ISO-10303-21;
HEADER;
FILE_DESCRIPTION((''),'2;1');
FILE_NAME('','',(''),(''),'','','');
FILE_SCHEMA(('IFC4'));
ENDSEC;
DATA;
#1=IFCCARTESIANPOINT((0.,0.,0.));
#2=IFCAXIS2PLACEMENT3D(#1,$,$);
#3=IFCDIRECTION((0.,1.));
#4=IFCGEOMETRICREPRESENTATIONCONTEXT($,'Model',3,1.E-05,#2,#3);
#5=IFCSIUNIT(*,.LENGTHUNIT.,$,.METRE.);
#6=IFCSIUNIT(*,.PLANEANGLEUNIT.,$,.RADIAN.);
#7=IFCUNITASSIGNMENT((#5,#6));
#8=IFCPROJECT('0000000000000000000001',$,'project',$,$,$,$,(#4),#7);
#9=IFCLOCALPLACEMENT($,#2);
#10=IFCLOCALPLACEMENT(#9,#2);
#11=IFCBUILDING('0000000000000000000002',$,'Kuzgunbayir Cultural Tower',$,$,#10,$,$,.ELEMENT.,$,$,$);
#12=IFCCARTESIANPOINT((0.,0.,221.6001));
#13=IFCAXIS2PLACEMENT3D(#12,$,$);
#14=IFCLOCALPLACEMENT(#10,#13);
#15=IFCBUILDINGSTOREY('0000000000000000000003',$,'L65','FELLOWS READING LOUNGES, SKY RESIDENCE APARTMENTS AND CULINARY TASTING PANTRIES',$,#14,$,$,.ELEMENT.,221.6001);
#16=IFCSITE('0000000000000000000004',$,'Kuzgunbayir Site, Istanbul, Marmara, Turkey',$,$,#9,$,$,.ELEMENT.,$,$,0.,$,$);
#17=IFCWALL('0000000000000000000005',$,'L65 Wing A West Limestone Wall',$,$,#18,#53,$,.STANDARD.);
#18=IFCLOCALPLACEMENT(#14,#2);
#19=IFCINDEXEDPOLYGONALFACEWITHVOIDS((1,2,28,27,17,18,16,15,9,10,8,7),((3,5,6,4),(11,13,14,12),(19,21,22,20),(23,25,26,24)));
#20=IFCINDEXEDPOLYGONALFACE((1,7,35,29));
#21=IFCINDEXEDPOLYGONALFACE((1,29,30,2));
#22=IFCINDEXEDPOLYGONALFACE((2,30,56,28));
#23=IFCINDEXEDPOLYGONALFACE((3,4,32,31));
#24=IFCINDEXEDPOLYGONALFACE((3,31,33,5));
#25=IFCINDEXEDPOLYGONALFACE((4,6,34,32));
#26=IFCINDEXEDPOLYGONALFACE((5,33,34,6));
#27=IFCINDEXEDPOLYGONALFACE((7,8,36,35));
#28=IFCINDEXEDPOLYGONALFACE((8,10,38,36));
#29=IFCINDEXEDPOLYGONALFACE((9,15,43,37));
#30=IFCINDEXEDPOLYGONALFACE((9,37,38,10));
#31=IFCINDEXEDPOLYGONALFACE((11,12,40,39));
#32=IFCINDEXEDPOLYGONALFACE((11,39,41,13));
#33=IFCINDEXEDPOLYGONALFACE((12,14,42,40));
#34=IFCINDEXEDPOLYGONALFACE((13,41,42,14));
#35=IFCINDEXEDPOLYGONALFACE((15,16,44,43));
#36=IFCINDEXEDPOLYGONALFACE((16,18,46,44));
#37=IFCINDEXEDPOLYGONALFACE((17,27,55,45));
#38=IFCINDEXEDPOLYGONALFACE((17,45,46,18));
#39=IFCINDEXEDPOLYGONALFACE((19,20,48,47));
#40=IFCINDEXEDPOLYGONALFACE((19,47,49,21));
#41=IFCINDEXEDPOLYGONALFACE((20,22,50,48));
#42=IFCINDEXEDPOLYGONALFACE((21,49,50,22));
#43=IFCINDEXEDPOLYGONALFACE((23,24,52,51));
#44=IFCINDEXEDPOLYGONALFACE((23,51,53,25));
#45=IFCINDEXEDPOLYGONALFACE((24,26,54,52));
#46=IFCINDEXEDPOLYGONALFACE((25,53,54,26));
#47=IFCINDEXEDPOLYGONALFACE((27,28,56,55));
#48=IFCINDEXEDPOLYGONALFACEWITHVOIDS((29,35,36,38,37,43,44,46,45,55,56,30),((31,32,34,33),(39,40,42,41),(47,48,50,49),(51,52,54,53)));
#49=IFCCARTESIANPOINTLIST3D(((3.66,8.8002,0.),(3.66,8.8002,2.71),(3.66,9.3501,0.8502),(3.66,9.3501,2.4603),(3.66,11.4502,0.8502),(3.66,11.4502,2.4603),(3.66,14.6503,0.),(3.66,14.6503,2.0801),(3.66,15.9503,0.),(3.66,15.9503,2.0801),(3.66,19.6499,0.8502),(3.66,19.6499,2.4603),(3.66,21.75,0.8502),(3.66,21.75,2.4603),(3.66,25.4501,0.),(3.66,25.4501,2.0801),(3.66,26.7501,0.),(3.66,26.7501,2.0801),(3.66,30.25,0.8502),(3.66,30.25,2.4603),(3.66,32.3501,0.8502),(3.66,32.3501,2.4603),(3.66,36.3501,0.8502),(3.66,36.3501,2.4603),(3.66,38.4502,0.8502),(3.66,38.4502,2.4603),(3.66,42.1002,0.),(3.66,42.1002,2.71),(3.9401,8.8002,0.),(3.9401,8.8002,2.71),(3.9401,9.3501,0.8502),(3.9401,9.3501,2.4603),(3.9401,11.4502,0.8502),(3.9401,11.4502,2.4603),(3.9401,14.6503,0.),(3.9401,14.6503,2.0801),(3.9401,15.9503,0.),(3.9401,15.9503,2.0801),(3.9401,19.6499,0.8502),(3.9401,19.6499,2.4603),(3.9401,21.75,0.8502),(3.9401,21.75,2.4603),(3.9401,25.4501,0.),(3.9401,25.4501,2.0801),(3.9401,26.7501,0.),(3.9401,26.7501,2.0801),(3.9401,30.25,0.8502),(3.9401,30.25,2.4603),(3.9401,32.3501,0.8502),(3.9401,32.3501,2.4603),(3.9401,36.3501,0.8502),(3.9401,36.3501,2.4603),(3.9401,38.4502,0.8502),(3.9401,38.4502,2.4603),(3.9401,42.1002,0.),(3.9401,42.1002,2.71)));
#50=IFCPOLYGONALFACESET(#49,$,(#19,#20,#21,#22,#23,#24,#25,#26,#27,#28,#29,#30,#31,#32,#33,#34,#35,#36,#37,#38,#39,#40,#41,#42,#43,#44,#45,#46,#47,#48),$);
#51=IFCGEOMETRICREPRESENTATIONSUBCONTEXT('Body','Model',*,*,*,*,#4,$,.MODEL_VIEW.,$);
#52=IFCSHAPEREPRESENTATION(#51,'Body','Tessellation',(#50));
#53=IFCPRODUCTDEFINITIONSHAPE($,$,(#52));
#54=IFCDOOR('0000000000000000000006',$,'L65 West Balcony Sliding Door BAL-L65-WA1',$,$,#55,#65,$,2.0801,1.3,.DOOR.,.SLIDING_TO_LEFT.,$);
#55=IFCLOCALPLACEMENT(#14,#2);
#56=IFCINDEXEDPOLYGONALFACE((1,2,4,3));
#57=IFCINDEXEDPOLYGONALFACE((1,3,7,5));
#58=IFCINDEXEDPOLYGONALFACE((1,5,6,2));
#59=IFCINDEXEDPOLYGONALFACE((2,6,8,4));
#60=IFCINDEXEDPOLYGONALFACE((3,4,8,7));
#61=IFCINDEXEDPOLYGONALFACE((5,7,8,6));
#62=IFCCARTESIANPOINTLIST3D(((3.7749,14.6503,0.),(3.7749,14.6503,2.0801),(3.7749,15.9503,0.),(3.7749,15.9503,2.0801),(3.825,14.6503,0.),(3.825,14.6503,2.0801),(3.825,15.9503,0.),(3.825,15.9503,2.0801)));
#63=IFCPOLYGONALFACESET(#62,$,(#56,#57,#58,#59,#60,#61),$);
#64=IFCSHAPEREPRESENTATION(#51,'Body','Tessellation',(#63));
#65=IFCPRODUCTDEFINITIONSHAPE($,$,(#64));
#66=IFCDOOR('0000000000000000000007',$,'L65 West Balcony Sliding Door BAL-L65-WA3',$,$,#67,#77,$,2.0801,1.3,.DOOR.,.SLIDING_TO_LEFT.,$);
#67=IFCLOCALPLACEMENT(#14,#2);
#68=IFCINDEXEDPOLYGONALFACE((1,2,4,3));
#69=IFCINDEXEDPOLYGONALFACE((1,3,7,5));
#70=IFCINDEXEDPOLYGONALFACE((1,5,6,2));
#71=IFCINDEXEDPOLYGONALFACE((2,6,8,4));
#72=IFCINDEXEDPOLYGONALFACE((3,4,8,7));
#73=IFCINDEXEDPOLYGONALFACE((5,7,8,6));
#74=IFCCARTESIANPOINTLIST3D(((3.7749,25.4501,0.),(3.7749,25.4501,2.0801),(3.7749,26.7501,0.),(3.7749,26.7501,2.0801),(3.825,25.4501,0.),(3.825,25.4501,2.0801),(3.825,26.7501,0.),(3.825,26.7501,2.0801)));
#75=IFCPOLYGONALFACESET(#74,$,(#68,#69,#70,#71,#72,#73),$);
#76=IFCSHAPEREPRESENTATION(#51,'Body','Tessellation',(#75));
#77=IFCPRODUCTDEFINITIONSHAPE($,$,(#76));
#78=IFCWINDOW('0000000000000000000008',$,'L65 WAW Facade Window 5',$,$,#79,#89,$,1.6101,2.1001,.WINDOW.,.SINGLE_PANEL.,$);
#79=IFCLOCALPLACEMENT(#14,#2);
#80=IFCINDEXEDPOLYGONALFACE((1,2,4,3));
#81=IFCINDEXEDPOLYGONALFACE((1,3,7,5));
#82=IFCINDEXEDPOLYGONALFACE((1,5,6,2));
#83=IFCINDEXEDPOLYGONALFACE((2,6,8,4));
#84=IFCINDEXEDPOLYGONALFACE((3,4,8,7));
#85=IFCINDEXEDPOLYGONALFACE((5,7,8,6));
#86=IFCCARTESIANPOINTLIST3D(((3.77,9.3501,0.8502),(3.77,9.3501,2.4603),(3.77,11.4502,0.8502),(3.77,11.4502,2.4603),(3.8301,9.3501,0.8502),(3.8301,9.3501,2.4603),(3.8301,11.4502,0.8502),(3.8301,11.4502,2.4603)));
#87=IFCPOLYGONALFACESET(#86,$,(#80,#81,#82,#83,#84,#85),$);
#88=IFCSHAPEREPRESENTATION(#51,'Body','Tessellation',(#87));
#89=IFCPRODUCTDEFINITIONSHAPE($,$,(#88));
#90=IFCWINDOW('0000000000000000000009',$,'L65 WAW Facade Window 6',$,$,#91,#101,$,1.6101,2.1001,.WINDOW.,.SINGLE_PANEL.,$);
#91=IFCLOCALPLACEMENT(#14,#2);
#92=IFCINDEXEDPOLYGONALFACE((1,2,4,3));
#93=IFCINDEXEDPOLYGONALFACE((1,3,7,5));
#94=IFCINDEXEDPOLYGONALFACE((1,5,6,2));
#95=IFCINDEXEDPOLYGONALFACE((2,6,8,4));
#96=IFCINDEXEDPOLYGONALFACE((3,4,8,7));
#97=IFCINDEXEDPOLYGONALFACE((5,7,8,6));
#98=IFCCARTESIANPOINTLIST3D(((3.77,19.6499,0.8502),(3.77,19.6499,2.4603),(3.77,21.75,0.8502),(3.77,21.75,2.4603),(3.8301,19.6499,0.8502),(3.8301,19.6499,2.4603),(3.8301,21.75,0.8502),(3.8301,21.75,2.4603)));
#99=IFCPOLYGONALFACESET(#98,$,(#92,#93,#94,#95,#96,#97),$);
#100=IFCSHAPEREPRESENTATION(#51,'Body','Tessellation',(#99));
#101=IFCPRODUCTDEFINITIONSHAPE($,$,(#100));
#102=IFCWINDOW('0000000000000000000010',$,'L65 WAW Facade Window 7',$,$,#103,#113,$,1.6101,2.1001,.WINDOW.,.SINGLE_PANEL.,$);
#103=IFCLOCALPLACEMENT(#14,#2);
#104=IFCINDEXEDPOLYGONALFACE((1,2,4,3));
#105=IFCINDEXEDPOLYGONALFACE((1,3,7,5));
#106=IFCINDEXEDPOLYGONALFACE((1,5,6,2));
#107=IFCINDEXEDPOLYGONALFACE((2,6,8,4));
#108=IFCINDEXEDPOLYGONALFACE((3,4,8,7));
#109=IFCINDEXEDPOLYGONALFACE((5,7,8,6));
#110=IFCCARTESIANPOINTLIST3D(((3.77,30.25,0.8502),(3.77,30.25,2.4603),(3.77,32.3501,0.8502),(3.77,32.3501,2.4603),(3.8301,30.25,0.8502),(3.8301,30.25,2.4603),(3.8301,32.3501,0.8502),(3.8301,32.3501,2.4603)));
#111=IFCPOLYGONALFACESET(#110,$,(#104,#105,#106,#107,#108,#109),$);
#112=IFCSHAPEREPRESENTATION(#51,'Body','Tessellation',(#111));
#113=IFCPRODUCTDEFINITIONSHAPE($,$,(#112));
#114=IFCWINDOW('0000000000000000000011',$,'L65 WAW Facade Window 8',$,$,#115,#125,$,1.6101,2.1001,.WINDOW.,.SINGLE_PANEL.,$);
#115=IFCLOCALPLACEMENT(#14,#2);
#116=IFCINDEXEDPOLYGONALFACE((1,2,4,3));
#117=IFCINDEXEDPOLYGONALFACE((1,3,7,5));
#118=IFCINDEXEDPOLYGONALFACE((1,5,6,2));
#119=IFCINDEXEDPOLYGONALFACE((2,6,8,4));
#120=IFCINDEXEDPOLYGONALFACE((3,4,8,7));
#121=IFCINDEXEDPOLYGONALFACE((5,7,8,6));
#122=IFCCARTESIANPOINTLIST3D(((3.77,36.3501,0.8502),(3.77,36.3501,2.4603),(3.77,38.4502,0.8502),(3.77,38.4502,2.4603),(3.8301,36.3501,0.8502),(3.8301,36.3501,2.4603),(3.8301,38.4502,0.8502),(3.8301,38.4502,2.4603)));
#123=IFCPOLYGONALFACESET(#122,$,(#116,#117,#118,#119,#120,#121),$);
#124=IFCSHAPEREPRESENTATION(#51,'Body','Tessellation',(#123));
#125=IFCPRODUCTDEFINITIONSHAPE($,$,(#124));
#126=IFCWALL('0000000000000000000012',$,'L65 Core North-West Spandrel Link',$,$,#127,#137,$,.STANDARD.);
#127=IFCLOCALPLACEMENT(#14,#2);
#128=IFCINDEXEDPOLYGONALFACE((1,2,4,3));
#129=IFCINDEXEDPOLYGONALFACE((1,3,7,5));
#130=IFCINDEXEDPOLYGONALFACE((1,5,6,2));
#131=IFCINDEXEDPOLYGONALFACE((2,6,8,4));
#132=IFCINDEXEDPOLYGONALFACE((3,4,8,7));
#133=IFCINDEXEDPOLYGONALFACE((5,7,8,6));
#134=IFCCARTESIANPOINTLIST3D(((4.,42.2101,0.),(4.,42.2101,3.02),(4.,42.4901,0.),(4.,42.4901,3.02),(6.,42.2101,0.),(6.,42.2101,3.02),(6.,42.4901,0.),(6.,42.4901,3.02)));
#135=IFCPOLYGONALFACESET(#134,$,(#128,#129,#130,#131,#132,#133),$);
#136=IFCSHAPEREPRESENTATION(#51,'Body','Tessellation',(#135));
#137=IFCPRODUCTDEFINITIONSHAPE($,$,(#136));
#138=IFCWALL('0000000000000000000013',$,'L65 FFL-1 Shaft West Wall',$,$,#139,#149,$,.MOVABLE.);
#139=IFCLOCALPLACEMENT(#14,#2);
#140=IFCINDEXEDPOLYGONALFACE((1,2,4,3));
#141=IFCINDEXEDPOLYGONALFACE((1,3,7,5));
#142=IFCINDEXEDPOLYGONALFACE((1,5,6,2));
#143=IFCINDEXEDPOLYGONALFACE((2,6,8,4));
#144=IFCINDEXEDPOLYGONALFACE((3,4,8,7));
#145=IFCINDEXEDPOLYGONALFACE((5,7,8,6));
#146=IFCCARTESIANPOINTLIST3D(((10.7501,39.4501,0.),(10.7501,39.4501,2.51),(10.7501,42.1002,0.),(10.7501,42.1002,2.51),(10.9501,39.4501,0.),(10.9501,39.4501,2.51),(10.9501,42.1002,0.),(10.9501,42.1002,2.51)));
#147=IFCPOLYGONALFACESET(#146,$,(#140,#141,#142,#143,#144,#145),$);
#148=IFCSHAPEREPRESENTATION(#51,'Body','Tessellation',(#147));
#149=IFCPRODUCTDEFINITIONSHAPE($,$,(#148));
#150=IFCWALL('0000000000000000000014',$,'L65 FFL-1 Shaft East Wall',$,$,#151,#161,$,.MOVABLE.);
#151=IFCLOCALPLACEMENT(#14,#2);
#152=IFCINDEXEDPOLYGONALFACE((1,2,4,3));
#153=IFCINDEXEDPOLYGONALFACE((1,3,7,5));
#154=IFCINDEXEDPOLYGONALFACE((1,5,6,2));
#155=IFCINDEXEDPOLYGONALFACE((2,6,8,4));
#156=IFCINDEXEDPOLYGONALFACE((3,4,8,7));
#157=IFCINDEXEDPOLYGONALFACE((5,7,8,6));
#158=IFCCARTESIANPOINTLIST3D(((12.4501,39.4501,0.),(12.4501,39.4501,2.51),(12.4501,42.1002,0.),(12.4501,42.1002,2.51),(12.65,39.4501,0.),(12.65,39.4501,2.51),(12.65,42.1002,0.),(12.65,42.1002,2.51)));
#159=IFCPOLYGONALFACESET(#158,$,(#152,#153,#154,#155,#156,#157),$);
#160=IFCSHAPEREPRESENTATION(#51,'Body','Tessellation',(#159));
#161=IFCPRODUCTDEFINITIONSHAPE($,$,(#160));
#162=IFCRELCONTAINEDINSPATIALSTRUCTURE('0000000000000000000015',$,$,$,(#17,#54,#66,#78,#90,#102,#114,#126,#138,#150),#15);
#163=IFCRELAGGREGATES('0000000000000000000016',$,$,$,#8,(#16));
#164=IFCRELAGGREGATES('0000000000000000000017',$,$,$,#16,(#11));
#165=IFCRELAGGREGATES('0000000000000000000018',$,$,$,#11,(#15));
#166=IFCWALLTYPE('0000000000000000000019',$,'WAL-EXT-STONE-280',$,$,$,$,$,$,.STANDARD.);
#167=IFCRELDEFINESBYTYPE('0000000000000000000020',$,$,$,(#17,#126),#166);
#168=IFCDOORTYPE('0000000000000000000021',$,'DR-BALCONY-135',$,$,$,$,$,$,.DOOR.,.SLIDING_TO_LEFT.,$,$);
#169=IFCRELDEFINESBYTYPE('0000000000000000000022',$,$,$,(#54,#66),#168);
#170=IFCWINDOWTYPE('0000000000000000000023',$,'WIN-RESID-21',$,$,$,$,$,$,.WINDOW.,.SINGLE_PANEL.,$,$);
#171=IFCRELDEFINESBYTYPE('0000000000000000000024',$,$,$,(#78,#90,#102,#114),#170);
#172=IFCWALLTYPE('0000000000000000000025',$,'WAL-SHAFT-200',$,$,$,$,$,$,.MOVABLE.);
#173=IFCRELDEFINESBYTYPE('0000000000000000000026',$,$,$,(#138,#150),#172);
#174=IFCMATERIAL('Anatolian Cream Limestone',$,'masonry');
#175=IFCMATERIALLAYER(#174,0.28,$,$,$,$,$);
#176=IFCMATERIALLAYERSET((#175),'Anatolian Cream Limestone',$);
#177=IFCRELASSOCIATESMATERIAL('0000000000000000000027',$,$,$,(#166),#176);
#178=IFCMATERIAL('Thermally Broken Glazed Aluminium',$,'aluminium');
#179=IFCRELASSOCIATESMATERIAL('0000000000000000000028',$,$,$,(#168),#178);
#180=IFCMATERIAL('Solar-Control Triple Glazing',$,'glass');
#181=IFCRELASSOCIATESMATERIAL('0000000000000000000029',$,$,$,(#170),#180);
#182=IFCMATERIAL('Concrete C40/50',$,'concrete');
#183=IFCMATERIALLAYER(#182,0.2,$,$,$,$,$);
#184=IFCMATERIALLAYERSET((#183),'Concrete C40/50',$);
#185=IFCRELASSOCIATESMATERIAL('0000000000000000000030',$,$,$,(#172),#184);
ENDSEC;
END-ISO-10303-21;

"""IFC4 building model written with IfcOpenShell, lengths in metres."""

from ifc_helpers import new_model, si_unit, direction, frame, frame_2d, origin, place, context, subcontext, project, spatial, rectangle, extrude, material, layer, layer_set, type_object, element, fill, save


model = new_model("IFC4")

# Units and contexts
model_context = context("Model", 3, precision=1e-05, world=origin(), true_north=direction((0.0, 1.0)))
body_context = subcontext(model_context, "Body", "Model", "MODEL_VIEW")
ifc_project = project(units=[si_unit("LENGTHUNIT", "METRE"), si_unit("PLANEANGLEUNIT", "RADIAN")], contexts=[model_context])

# Site, building, storey
site_placement = place(None, origin())
site = spatial("IfcSite", under=ifc_project, at=site_placement, Name="Kuzgunbayir Site, Istanbul, Marmara, Turkey", CompositionType="ELEMENT", RefElevation=0.0)
building_placement = place(site_placement, origin())
building = spatial("IfcBuilding", under=site, at=building_placement, Name="Kuzgunbayir Cultural Tower", CompositionType="ELEMENT")
storey_placement = place(building_placement, frame((0.0, 0.0, 221.6001)))
storey = spatial("IfcBuildingStorey", under=building, at=storey_placement, Name="L65", Description="FELLOWS READING LOUNGES, SKY RESIDENCE APARTMENTS AND CULINARY TASTING PANTRIES", CompositionType="ELEMENT", Elevation=221.6001)

# Wall, openings, doors, windows
ifc_material_1 = material(Name="Anatolian Cream Limestone", Category="masonry")
ifc_layer_1 = layer(ifc_material_1, 0.28)
ifc_layer_set_1 = layer_set([ifc_layer_1], Name="Anatolian Cream Limestone")
wall_type_1 = type_object("IfcWallType", Name="WAL-EXT-STONE-280", PredefinedType="STANDARD", material=ifc_layer_set_1)
wall_1_placement = place(storey_placement, frame((3.8, 42.1001, 0.0), z_axis=(0.0, 0.0, 1.0), x_axis=(0.0, -1.0, 0.0)))
wall_1 = element("IfcWall", 1, at=wall_1_placement, inside=storey, type_object=wall_type_1, Name="L65 Wing A West Limestone Wall", PredefinedType="STANDARD", context=body_context, shape_type="SweptSolid", body=[
    extrude(rectangle(XDim=33.3, YDim=0.28, at=frame_2d((16.6499, 0.0))), origin(), (0.0, 0.0, 1.0), 2.71),
])
opening_1_placement = place(wall_1_placement, frame((26.1499, 0.0, 0.0)))
opening_1 = element("IfcOpeningElement", 2, at=opening_1_placement, cuts=wall_1, PredefinedType="OPENING", context=body_context, shape_type="SweptSolid", body=[
    extrude(rectangle(XDim=1.3, YDim=2.0801, at=frame_2d((0.6499, 1.04))), frame((0.0, 0.1499, 0.0), z_axis=(0.0, -1.0, 0.0), x_axis=(1.0, 0.0, 0.0)), (0.0, 0.0, 1.0), 0.3),
])
opening_2_placement = place(wall_1_placement, frame((15.3501, 0.0, 0.0)))
opening_2 = element("IfcOpeningElement", 3, at=opening_2_placement, cuts=wall_1, PredefinedType="OPENING", context=body_context, shape_type="SweptSolid", body=[
    extrude(rectangle(XDim=1.3, YDim=2.0801, at=frame_2d((0.6499, 1.04))), frame((0.0, 0.1499, 0.0), z_axis=(0.0, -1.0, 0.0), x_axis=(1.0, 0.0, 0.0)), (0.0, 0.0, 1.0), 0.3),
])
opening_3_placement = place(wall_1_placement, frame((30.6499, 0.0, 0.8501)))
opening_3 = element("IfcOpeningElement", 4, at=opening_3_placement, cuts=wall_1, PredefinedType="OPENING", context=body_context, shape_type="SweptSolid", body=[
    extrude(rectangle(XDim=2.1001, YDim=1.6101, at=frame_2d((1.05, 0.8052))), frame((0.0, 0.1499, 0.0), z_axis=(0.0, -1.0, 0.0), x_axis=(1.0, 0.0, 0.0)), (0.0, 0.0, 1.0), 0.3),
])
opening_4_placement = place(wall_1_placement, frame((20.3501, 0.0, 0.8501)))
opening_4 = element("IfcOpeningElement", 5, at=opening_4_placement, cuts=wall_1, PredefinedType="OPENING", context=body_context, shape_type="SweptSolid", body=[
    extrude(rectangle(XDim=2.1001, YDim=1.6101, at=frame_2d((1.05, 0.8052))), frame((0.0, 0.1499, 0.0), z_axis=(0.0, -1.0, 0.0), x_axis=(1.0, 0.0, 0.0)), (0.0, 0.0, 1.0), 0.3),
])
opening_5_placement = place(wall_1_placement, frame((9.75, 0.0, 0.8501)))
opening_5 = element("IfcOpeningElement", 6, at=opening_5_placement, cuts=wall_1, PredefinedType="OPENING", context=body_context, shape_type="SweptSolid", body=[
    extrude(rectangle(XDim=2.1001, YDim=1.6101, at=frame_2d((1.05, 0.8052))), frame((0.0, 0.1499, 0.0), z_axis=(0.0, -1.0, 0.0), x_axis=(1.0, 0.0, 0.0)), (0.0, 0.0, 1.0), 0.3),
])
opening_6_placement = place(wall_1_placement, frame((3.6499, 0.0, 0.8501)))
opening_6 = element("IfcOpeningElement", 7, at=opening_6_placement, cuts=wall_1, PredefinedType="OPENING", context=body_context, shape_type="SweptSolid", body=[
    extrude(rectangle(XDim=2.1001, YDim=1.6101, at=frame_2d((1.05, 0.8052))), frame((0.0, 0.1499, 0.0), z_axis=(0.0, -1.0, 0.0), x_axis=(1.0, 0.0, 0.0)), (0.0, 0.0, 1.0), 0.3),
])
ifc_material_2 = material(Name="Thermally Broken Glazed Aluminium", Category="aluminium")
door_type_1 = type_object("IfcDoorType", Name="DR-BALCONY-135", OperationType="SLIDING_TO_LEFT", PredefinedType="DOOR", material=ifc_material_2)
door_1_placement = place(opening_1_placement, origin())
door_1 = element("IfcDoor", 8, at=door_1_placement, inside=storey, type_object=door_type_1, Name="L65 West Balcony Sliding Door BAL-L65-WA1", OperationType="SLIDING_TO_LEFT", OverallHeight=2.0801, OverallWidth=1.3, PredefinedType="DOOR", context=body_context, shape_type="SweptSolid", body=[
    extrude(rectangle(XDim=1.3, YDim=2.0801, at=frame_2d((0.6499, 1.04))), frame((0.0, 0.0249, 0.0), z_axis=(0.0, -1.0, 0.0), x_axis=(1.0, 0.0, 0.0)), (0.0, 0.0, 1.0), 0.05),
])
fill(opening_1, door_1)
door_2_placement = place(opening_2_placement, origin())
door_2 = element("IfcDoor", 9, at=door_2_placement, inside=storey, type_object=door_type_1, Name="L65 West Balcony Sliding Door BAL-L65-WA3", OperationType="SLIDING_TO_LEFT", OverallHeight=2.0801, OverallWidth=1.3, PredefinedType="DOOR", context=body_context, shape_type="SweptSolid", body=[
    extrude(rectangle(XDim=1.3, YDim=2.0801, at=frame_2d((0.6499, 1.04))), frame((0.0, 0.0249, 0.0), z_axis=(0.0, -1.0, 0.0), x_axis=(1.0, 0.0, 0.0)), (0.0, 0.0, 1.0), 0.05),
])
fill(opening_2, door_2)
ifc_material_3 = material(Name="Solar-Control Triple Glazing", Category="glass")
window_type = type_object("IfcWindowType", Name="WIN-RESID-21", PartitioningType="SINGLE_PANEL", PredefinedType="WINDOW", material=ifc_material_3)
window_1_placement = place(opening_3_placement, origin())
window_1 = element("IfcWindow", 10, at=window_1_placement, inside=storey, type_object=window_type, Name="L65 WAW Facade Window 5", OverallHeight=1.6101, OverallWidth=2.1001, PartitioningType="SINGLE_PANEL", PredefinedType="WINDOW", context=body_context, shape_type="SweptSolid", body=[
    extrude(rectangle(XDim=2.1001, YDim=1.6101, at=frame_2d((1.05, 0.8052))), frame((0.0, 0.03, 0.0), z_axis=(0.0, -1.0, 0.0), x_axis=(1.0, 0.0, 0.0)), (0.0, 0.0, 1.0), 0.0601),
])
fill(opening_3, window_1)
window_2_placement = place(opening_4_placement, origin())
window_2 = element("IfcWindow", 11, at=window_2_placement, inside=storey, type_object=window_type, Name="L65 WAW Facade Window 6", OverallHeight=1.6101, OverallWidth=2.1001, PartitioningType="SINGLE_PANEL", PredefinedType="WINDOW", context=body_context, shape_type="SweptSolid", body=[
    extrude(rectangle(XDim=2.1001, YDim=1.6101, at=frame_2d((1.05, 0.8052))), frame((0.0, 0.03, 0.0), z_axis=(0.0, -1.0, 0.0), x_axis=(1.0, 0.0, 0.0)), (0.0, 0.0, 1.0), 0.0601),
])
fill(opening_4, window_2)
window_3_placement = place(opening_5_placement, origin())
window_3 = element("IfcWindow", 12, at=window_3_placement, inside=storey, type_object=window_type, Name="L65 WAW Facade Window 7", OverallHeight=1.6101, OverallWidth=2.1001, PartitioningType="SINGLE_PANEL", PredefinedType="WINDOW", context=body_context, shape_type="SweptSolid", body=[
    extrude(rectangle(XDim=2.1001, YDim=1.6101, at=frame_2d((1.05, 0.8052))), frame((0.0, 0.03, 0.0), z_axis=(0.0, -1.0, 0.0), x_axis=(1.0, 0.0, 0.0)), (0.0, 0.0, 1.0), 0.0601),
])
fill(opening_5, window_3)
window_4_placement = place(opening_6_placement, origin())
window_4 = element("IfcWindow", 13, at=window_4_placement, inside=storey, type_object=window_type, Name="L65 WAW Facade Window 8", OverallHeight=1.6101, OverallWidth=2.1001, PartitioningType="SINGLE_PANEL", PredefinedType="WINDOW", context=body_context, shape_type="SweptSolid", body=[
    extrude(rectangle(XDim=2.1001, YDim=1.6101, at=frame_2d((1.05, 0.8052))), frame((0.0, 0.03, 0.0), z_axis=(0.0, -1.0, 0.0), x_axis=(1.0, 0.0, 0.0)), (0.0, 0.0, 1.0), 0.0601),
])
fill(opening_6, window_4)

# Wall
wall_2_placement = place(storey_placement, frame((6.0, 42.3501, 0.0), z_axis=(0.0, 0.0, 1.0), x_axis=(-1.0, 0.0, 0.0)))
element("IfcWall", 14, at=wall_2_placement, inside=storey, type_object=wall_type_1, Name="L65 Core North-West Spandrel Link", PredefinedType="STANDARD", context=body_context, shape_type="SweptSolid", body=[
    extrude(rectangle(XDim=2.0, YDim=0.28, at=frame_2d((1.0, 0.0))), origin(), (0.0, 0.0, 1.0), 3.02),
])

# Shared definitions
ifc_material_4 = material(Name="Concrete C40/50", Category="concrete")
ifc_layer_2 = layer(ifc_material_4, 0.2)
ifc_layer_set_2 = layer_set([ifc_layer_2], Name="Concrete C40/50")
wall_type_2 = type_object("IfcWallType", Name="WAL-SHAFT-200", PredefinedType="MOVABLE", material=ifc_layer_set_2)

# Walls
for number, where, z_axis, x_axis, name in (
    (15, (10.8501, 39.45, 0.0), (0.0, 0.0, 1.0), (0.0, 1.0, 0.0), "L65 FFL-1 Shaft West Wall"),
    (16, (12.55, 39.45, 0.0), (0.0, 0.0, 1.0), (0.0, 1.0, 0.0), "L65 FFL-1 Shaft East Wall"),
):
    element("IfcWall", number, at=place(storey_placement, frame(where, z_axis=z_axis, x_axis=x_axis)), inside=storey, type_object=wall_type_2, Name=name, PredefinedType="MOVABLE", context=body_context, shape_type="SweptSolid", body=[
        extrude(rectangle(XDim=2.6501, YDim=0.2, at=frame_2d((1.3252, 0.0))), origin(), (0.0, 0.0, 1.0), 2.51),
    ])

save(model, "model.ifc")
